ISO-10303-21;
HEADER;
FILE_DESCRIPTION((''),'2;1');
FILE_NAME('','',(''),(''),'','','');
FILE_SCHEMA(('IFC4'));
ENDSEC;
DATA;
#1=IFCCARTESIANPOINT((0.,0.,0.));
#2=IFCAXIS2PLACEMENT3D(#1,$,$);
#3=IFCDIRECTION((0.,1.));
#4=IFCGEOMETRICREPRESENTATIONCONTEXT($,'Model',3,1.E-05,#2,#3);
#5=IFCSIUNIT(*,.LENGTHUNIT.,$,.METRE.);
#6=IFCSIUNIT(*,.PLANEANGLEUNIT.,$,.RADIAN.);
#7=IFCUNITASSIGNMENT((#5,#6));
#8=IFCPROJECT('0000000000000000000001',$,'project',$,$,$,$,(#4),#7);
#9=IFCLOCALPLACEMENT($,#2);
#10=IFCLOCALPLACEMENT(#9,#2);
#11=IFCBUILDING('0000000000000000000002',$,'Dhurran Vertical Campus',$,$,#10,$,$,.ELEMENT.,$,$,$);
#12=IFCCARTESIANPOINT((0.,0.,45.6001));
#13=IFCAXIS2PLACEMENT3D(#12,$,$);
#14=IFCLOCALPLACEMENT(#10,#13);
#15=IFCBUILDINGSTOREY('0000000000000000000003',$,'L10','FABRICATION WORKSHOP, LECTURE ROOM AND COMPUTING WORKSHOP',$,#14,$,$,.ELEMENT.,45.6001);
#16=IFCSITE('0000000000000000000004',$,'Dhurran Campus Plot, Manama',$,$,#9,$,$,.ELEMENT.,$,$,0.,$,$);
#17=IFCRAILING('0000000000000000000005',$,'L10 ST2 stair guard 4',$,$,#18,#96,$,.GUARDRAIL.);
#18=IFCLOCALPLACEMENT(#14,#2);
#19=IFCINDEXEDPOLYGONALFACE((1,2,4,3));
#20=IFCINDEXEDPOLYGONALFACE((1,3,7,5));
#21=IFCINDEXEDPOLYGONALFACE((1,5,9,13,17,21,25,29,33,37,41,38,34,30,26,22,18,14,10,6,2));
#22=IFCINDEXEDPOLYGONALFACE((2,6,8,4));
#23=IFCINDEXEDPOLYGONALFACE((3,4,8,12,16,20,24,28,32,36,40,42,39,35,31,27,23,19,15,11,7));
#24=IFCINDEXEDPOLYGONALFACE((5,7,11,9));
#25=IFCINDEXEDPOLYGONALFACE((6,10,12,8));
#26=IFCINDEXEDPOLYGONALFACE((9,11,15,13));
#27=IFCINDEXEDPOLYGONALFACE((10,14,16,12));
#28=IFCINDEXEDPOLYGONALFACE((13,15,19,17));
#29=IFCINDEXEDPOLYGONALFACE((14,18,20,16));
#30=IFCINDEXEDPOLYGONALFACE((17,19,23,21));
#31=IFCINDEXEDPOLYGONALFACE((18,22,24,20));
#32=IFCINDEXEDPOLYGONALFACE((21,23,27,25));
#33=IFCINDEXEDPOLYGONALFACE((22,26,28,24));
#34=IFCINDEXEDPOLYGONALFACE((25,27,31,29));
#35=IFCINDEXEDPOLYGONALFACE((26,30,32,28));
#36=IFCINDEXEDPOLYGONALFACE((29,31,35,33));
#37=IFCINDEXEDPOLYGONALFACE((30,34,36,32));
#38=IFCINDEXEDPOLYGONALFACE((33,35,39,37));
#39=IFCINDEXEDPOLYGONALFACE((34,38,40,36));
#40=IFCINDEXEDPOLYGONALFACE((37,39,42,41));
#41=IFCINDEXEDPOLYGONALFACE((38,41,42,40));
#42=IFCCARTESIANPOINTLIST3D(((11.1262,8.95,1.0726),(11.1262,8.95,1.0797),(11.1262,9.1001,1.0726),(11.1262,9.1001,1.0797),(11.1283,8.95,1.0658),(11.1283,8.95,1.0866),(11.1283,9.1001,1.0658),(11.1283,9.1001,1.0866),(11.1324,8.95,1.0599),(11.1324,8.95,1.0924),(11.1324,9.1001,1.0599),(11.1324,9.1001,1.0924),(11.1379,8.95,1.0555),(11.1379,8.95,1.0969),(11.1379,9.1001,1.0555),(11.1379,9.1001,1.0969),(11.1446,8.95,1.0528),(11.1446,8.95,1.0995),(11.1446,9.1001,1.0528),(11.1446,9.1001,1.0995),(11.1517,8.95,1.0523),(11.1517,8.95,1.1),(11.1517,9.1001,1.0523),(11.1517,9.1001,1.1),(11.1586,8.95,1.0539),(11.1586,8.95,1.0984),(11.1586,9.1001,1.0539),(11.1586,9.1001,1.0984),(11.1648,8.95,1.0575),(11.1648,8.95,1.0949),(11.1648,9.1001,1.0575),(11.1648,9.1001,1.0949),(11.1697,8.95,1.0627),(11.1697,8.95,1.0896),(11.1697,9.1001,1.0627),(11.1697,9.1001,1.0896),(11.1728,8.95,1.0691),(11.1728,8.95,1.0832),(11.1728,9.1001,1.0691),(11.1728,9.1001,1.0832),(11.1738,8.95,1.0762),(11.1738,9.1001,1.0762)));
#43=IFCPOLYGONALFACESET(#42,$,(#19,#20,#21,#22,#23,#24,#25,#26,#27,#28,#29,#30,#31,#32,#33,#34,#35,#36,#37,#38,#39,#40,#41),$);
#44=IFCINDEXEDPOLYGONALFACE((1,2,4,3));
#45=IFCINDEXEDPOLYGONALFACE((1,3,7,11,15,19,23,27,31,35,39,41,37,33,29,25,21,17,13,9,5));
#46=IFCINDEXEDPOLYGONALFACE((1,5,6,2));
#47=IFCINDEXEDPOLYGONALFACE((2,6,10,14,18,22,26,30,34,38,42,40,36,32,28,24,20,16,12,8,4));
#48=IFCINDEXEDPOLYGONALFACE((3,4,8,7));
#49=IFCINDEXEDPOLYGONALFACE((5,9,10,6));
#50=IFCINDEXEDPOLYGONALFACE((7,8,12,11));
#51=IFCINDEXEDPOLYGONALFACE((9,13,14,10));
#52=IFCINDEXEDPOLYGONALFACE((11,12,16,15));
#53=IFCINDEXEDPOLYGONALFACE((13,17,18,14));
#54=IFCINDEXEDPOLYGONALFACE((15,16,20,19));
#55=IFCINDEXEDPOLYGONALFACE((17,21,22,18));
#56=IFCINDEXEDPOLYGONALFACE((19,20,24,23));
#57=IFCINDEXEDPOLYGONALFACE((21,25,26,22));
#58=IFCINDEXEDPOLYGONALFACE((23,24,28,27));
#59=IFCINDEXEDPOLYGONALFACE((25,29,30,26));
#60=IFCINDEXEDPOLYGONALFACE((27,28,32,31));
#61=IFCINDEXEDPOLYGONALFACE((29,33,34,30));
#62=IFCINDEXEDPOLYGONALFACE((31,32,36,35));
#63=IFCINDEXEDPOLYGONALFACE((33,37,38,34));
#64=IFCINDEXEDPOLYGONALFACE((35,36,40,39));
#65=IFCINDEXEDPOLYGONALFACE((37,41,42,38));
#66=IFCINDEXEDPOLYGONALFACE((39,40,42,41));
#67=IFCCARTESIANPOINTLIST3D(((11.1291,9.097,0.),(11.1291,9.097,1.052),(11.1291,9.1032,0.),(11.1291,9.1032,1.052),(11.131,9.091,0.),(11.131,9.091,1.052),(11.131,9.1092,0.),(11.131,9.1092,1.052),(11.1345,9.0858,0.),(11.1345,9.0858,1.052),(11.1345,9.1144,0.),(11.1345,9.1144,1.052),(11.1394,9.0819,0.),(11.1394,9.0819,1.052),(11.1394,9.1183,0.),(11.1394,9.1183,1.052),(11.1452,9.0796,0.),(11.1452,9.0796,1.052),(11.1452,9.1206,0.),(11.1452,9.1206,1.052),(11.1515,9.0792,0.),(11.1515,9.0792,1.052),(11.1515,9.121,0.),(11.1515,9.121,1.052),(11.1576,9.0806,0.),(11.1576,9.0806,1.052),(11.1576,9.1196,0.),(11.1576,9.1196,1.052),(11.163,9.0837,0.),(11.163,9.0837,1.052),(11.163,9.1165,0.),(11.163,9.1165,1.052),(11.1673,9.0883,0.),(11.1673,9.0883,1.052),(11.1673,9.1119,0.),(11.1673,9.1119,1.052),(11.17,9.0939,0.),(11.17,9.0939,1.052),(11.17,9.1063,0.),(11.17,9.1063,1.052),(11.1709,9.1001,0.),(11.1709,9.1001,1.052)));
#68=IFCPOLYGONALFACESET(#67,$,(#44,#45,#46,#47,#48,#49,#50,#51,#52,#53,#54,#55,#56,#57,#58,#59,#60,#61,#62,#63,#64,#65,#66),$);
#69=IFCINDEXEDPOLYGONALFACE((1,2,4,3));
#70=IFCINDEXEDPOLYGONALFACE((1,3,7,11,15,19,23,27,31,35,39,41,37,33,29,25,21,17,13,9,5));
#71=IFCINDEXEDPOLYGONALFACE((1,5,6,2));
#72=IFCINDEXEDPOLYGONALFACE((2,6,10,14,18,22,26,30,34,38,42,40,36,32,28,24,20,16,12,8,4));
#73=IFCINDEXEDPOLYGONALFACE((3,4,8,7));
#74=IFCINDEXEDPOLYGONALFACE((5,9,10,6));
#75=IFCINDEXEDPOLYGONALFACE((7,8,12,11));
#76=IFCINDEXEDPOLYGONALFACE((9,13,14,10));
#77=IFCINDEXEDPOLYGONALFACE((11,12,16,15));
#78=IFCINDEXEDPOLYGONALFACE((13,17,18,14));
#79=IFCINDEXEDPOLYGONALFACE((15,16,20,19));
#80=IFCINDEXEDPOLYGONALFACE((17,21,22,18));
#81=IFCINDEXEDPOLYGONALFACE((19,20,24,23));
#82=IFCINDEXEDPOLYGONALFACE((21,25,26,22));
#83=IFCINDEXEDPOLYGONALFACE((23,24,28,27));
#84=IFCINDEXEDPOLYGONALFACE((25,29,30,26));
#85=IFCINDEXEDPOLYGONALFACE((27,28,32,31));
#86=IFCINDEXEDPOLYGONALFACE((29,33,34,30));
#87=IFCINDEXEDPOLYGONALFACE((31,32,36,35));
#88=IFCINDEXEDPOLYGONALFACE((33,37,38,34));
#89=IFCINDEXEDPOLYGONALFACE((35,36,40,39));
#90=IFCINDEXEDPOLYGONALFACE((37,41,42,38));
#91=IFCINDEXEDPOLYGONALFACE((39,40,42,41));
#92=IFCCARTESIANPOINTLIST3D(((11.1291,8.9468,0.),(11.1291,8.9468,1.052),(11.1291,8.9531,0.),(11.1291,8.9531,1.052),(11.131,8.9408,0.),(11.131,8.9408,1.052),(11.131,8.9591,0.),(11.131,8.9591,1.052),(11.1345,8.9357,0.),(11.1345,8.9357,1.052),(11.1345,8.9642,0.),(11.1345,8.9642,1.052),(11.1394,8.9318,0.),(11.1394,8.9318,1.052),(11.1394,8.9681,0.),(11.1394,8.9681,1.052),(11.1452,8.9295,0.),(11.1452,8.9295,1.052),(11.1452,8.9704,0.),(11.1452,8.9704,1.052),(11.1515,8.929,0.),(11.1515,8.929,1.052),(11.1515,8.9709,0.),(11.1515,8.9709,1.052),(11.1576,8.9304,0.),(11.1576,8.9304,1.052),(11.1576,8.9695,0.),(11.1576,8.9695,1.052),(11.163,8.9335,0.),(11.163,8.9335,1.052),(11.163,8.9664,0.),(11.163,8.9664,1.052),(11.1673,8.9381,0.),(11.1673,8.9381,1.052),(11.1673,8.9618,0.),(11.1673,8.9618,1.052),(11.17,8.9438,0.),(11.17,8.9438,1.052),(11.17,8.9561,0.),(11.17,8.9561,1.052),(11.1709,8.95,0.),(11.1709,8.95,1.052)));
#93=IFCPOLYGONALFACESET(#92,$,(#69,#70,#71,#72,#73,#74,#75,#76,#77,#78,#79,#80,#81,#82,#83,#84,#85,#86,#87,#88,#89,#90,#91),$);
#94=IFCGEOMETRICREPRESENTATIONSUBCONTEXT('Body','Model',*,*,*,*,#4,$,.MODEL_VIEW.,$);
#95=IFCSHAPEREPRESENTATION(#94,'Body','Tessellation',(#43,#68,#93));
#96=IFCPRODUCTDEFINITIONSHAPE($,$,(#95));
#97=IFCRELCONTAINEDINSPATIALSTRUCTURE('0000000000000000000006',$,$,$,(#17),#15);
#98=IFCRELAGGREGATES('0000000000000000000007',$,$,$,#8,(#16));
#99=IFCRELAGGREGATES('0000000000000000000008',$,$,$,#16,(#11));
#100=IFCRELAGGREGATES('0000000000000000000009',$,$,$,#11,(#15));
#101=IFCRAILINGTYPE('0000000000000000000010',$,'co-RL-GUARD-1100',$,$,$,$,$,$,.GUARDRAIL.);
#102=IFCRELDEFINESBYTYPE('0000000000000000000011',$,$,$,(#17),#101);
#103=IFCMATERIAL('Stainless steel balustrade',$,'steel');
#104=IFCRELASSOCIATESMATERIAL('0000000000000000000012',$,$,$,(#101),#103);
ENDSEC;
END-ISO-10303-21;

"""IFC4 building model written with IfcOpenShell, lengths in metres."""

from ifc_helpers import new_model, si_unit, direction, frame, origin, origin_2d, place, context, subcontext, project, spatial, circle, extrude, material, type_object, element, save


model = new_model("IFC4")

# Units and contexts
model_context = context("Model", 3, precision=1e-05, world=origin(), true_north=direction((0.0, 1.0)))
body_context = subcontext(model_context, "Body", "Model", "MODEL_VIEW")
ifc_project = project(units=[si_unit("LENGTHUNIT", "METRE"), si_unit("PLANEANGLEUNIT", "RADIAN")], contexts=[model_context])

# Site, building, storey
site_placement = place(None, origin())
site = spatial("IfcSite", under=ifc_project, at=site_placement, Name="Dhurran Campus Plot, Manama", CompositionType="ELEMENT", RefElevation=0.0)
building_placement = place(site_placement, origin())
building = spatial("IfcBuilding", under=site, at=building_placement, Name="Dhurran Vertical Campus", CompositionType="ELEMENT")
storey_placement = place(building_placement, frame((0.0, 0.0, 45.6001)))
storey = spatial("IfcBuildingStorey", under=building, at=storey_placement, Name="L10", Description="FABRICATION WORKSHOP, LECTURE ROOM AND COMPUTING WORKSHOP", CompositionType="ELEMENT", Elevation=45.6001)

# Railing
ifc_material_1 = material(Name="Stainless steel balustrade", Category="steel")
railing_type_1 = type_object("IfcRailingType", Name="co-RL-GUARD-1100", PredefinedType="GUARDRAIL", material=ifc_material_1)
railing_1_placement = place(storey_placement, frame((11.1499, 9.1001, 0.0)))
element("IfcRailing", 1, at=railing_1_placement, inside=storey, type_object=railing_type_1, Name="L10 ST2 stair guard 4", PredefinedType="GUARDRAIL", context=body_context, shape_type="SweptSolid", body=[
    extrude(circle(Radius=0.0239, at=origin_2d()), frame((0.0, 0.0, 1.0762), z_axis=(0.0, -1.0, 0.0), x_axis=(1.0, 0.0, 0.0)), (0.0, 0.0, 1.0), 0.1501),
    extrude(circle(Radius=0.021, at=origin_2d()), origin(), (0.0, 0.0, 1.0), 1.052),
    extrude(circle(Radius=0.021, at=origin_2d()), frame((0.0, -0.1501, 0.0)), (0.0, 0.0, 1.0), 1.052),
])

save(model, "model.ifc")
